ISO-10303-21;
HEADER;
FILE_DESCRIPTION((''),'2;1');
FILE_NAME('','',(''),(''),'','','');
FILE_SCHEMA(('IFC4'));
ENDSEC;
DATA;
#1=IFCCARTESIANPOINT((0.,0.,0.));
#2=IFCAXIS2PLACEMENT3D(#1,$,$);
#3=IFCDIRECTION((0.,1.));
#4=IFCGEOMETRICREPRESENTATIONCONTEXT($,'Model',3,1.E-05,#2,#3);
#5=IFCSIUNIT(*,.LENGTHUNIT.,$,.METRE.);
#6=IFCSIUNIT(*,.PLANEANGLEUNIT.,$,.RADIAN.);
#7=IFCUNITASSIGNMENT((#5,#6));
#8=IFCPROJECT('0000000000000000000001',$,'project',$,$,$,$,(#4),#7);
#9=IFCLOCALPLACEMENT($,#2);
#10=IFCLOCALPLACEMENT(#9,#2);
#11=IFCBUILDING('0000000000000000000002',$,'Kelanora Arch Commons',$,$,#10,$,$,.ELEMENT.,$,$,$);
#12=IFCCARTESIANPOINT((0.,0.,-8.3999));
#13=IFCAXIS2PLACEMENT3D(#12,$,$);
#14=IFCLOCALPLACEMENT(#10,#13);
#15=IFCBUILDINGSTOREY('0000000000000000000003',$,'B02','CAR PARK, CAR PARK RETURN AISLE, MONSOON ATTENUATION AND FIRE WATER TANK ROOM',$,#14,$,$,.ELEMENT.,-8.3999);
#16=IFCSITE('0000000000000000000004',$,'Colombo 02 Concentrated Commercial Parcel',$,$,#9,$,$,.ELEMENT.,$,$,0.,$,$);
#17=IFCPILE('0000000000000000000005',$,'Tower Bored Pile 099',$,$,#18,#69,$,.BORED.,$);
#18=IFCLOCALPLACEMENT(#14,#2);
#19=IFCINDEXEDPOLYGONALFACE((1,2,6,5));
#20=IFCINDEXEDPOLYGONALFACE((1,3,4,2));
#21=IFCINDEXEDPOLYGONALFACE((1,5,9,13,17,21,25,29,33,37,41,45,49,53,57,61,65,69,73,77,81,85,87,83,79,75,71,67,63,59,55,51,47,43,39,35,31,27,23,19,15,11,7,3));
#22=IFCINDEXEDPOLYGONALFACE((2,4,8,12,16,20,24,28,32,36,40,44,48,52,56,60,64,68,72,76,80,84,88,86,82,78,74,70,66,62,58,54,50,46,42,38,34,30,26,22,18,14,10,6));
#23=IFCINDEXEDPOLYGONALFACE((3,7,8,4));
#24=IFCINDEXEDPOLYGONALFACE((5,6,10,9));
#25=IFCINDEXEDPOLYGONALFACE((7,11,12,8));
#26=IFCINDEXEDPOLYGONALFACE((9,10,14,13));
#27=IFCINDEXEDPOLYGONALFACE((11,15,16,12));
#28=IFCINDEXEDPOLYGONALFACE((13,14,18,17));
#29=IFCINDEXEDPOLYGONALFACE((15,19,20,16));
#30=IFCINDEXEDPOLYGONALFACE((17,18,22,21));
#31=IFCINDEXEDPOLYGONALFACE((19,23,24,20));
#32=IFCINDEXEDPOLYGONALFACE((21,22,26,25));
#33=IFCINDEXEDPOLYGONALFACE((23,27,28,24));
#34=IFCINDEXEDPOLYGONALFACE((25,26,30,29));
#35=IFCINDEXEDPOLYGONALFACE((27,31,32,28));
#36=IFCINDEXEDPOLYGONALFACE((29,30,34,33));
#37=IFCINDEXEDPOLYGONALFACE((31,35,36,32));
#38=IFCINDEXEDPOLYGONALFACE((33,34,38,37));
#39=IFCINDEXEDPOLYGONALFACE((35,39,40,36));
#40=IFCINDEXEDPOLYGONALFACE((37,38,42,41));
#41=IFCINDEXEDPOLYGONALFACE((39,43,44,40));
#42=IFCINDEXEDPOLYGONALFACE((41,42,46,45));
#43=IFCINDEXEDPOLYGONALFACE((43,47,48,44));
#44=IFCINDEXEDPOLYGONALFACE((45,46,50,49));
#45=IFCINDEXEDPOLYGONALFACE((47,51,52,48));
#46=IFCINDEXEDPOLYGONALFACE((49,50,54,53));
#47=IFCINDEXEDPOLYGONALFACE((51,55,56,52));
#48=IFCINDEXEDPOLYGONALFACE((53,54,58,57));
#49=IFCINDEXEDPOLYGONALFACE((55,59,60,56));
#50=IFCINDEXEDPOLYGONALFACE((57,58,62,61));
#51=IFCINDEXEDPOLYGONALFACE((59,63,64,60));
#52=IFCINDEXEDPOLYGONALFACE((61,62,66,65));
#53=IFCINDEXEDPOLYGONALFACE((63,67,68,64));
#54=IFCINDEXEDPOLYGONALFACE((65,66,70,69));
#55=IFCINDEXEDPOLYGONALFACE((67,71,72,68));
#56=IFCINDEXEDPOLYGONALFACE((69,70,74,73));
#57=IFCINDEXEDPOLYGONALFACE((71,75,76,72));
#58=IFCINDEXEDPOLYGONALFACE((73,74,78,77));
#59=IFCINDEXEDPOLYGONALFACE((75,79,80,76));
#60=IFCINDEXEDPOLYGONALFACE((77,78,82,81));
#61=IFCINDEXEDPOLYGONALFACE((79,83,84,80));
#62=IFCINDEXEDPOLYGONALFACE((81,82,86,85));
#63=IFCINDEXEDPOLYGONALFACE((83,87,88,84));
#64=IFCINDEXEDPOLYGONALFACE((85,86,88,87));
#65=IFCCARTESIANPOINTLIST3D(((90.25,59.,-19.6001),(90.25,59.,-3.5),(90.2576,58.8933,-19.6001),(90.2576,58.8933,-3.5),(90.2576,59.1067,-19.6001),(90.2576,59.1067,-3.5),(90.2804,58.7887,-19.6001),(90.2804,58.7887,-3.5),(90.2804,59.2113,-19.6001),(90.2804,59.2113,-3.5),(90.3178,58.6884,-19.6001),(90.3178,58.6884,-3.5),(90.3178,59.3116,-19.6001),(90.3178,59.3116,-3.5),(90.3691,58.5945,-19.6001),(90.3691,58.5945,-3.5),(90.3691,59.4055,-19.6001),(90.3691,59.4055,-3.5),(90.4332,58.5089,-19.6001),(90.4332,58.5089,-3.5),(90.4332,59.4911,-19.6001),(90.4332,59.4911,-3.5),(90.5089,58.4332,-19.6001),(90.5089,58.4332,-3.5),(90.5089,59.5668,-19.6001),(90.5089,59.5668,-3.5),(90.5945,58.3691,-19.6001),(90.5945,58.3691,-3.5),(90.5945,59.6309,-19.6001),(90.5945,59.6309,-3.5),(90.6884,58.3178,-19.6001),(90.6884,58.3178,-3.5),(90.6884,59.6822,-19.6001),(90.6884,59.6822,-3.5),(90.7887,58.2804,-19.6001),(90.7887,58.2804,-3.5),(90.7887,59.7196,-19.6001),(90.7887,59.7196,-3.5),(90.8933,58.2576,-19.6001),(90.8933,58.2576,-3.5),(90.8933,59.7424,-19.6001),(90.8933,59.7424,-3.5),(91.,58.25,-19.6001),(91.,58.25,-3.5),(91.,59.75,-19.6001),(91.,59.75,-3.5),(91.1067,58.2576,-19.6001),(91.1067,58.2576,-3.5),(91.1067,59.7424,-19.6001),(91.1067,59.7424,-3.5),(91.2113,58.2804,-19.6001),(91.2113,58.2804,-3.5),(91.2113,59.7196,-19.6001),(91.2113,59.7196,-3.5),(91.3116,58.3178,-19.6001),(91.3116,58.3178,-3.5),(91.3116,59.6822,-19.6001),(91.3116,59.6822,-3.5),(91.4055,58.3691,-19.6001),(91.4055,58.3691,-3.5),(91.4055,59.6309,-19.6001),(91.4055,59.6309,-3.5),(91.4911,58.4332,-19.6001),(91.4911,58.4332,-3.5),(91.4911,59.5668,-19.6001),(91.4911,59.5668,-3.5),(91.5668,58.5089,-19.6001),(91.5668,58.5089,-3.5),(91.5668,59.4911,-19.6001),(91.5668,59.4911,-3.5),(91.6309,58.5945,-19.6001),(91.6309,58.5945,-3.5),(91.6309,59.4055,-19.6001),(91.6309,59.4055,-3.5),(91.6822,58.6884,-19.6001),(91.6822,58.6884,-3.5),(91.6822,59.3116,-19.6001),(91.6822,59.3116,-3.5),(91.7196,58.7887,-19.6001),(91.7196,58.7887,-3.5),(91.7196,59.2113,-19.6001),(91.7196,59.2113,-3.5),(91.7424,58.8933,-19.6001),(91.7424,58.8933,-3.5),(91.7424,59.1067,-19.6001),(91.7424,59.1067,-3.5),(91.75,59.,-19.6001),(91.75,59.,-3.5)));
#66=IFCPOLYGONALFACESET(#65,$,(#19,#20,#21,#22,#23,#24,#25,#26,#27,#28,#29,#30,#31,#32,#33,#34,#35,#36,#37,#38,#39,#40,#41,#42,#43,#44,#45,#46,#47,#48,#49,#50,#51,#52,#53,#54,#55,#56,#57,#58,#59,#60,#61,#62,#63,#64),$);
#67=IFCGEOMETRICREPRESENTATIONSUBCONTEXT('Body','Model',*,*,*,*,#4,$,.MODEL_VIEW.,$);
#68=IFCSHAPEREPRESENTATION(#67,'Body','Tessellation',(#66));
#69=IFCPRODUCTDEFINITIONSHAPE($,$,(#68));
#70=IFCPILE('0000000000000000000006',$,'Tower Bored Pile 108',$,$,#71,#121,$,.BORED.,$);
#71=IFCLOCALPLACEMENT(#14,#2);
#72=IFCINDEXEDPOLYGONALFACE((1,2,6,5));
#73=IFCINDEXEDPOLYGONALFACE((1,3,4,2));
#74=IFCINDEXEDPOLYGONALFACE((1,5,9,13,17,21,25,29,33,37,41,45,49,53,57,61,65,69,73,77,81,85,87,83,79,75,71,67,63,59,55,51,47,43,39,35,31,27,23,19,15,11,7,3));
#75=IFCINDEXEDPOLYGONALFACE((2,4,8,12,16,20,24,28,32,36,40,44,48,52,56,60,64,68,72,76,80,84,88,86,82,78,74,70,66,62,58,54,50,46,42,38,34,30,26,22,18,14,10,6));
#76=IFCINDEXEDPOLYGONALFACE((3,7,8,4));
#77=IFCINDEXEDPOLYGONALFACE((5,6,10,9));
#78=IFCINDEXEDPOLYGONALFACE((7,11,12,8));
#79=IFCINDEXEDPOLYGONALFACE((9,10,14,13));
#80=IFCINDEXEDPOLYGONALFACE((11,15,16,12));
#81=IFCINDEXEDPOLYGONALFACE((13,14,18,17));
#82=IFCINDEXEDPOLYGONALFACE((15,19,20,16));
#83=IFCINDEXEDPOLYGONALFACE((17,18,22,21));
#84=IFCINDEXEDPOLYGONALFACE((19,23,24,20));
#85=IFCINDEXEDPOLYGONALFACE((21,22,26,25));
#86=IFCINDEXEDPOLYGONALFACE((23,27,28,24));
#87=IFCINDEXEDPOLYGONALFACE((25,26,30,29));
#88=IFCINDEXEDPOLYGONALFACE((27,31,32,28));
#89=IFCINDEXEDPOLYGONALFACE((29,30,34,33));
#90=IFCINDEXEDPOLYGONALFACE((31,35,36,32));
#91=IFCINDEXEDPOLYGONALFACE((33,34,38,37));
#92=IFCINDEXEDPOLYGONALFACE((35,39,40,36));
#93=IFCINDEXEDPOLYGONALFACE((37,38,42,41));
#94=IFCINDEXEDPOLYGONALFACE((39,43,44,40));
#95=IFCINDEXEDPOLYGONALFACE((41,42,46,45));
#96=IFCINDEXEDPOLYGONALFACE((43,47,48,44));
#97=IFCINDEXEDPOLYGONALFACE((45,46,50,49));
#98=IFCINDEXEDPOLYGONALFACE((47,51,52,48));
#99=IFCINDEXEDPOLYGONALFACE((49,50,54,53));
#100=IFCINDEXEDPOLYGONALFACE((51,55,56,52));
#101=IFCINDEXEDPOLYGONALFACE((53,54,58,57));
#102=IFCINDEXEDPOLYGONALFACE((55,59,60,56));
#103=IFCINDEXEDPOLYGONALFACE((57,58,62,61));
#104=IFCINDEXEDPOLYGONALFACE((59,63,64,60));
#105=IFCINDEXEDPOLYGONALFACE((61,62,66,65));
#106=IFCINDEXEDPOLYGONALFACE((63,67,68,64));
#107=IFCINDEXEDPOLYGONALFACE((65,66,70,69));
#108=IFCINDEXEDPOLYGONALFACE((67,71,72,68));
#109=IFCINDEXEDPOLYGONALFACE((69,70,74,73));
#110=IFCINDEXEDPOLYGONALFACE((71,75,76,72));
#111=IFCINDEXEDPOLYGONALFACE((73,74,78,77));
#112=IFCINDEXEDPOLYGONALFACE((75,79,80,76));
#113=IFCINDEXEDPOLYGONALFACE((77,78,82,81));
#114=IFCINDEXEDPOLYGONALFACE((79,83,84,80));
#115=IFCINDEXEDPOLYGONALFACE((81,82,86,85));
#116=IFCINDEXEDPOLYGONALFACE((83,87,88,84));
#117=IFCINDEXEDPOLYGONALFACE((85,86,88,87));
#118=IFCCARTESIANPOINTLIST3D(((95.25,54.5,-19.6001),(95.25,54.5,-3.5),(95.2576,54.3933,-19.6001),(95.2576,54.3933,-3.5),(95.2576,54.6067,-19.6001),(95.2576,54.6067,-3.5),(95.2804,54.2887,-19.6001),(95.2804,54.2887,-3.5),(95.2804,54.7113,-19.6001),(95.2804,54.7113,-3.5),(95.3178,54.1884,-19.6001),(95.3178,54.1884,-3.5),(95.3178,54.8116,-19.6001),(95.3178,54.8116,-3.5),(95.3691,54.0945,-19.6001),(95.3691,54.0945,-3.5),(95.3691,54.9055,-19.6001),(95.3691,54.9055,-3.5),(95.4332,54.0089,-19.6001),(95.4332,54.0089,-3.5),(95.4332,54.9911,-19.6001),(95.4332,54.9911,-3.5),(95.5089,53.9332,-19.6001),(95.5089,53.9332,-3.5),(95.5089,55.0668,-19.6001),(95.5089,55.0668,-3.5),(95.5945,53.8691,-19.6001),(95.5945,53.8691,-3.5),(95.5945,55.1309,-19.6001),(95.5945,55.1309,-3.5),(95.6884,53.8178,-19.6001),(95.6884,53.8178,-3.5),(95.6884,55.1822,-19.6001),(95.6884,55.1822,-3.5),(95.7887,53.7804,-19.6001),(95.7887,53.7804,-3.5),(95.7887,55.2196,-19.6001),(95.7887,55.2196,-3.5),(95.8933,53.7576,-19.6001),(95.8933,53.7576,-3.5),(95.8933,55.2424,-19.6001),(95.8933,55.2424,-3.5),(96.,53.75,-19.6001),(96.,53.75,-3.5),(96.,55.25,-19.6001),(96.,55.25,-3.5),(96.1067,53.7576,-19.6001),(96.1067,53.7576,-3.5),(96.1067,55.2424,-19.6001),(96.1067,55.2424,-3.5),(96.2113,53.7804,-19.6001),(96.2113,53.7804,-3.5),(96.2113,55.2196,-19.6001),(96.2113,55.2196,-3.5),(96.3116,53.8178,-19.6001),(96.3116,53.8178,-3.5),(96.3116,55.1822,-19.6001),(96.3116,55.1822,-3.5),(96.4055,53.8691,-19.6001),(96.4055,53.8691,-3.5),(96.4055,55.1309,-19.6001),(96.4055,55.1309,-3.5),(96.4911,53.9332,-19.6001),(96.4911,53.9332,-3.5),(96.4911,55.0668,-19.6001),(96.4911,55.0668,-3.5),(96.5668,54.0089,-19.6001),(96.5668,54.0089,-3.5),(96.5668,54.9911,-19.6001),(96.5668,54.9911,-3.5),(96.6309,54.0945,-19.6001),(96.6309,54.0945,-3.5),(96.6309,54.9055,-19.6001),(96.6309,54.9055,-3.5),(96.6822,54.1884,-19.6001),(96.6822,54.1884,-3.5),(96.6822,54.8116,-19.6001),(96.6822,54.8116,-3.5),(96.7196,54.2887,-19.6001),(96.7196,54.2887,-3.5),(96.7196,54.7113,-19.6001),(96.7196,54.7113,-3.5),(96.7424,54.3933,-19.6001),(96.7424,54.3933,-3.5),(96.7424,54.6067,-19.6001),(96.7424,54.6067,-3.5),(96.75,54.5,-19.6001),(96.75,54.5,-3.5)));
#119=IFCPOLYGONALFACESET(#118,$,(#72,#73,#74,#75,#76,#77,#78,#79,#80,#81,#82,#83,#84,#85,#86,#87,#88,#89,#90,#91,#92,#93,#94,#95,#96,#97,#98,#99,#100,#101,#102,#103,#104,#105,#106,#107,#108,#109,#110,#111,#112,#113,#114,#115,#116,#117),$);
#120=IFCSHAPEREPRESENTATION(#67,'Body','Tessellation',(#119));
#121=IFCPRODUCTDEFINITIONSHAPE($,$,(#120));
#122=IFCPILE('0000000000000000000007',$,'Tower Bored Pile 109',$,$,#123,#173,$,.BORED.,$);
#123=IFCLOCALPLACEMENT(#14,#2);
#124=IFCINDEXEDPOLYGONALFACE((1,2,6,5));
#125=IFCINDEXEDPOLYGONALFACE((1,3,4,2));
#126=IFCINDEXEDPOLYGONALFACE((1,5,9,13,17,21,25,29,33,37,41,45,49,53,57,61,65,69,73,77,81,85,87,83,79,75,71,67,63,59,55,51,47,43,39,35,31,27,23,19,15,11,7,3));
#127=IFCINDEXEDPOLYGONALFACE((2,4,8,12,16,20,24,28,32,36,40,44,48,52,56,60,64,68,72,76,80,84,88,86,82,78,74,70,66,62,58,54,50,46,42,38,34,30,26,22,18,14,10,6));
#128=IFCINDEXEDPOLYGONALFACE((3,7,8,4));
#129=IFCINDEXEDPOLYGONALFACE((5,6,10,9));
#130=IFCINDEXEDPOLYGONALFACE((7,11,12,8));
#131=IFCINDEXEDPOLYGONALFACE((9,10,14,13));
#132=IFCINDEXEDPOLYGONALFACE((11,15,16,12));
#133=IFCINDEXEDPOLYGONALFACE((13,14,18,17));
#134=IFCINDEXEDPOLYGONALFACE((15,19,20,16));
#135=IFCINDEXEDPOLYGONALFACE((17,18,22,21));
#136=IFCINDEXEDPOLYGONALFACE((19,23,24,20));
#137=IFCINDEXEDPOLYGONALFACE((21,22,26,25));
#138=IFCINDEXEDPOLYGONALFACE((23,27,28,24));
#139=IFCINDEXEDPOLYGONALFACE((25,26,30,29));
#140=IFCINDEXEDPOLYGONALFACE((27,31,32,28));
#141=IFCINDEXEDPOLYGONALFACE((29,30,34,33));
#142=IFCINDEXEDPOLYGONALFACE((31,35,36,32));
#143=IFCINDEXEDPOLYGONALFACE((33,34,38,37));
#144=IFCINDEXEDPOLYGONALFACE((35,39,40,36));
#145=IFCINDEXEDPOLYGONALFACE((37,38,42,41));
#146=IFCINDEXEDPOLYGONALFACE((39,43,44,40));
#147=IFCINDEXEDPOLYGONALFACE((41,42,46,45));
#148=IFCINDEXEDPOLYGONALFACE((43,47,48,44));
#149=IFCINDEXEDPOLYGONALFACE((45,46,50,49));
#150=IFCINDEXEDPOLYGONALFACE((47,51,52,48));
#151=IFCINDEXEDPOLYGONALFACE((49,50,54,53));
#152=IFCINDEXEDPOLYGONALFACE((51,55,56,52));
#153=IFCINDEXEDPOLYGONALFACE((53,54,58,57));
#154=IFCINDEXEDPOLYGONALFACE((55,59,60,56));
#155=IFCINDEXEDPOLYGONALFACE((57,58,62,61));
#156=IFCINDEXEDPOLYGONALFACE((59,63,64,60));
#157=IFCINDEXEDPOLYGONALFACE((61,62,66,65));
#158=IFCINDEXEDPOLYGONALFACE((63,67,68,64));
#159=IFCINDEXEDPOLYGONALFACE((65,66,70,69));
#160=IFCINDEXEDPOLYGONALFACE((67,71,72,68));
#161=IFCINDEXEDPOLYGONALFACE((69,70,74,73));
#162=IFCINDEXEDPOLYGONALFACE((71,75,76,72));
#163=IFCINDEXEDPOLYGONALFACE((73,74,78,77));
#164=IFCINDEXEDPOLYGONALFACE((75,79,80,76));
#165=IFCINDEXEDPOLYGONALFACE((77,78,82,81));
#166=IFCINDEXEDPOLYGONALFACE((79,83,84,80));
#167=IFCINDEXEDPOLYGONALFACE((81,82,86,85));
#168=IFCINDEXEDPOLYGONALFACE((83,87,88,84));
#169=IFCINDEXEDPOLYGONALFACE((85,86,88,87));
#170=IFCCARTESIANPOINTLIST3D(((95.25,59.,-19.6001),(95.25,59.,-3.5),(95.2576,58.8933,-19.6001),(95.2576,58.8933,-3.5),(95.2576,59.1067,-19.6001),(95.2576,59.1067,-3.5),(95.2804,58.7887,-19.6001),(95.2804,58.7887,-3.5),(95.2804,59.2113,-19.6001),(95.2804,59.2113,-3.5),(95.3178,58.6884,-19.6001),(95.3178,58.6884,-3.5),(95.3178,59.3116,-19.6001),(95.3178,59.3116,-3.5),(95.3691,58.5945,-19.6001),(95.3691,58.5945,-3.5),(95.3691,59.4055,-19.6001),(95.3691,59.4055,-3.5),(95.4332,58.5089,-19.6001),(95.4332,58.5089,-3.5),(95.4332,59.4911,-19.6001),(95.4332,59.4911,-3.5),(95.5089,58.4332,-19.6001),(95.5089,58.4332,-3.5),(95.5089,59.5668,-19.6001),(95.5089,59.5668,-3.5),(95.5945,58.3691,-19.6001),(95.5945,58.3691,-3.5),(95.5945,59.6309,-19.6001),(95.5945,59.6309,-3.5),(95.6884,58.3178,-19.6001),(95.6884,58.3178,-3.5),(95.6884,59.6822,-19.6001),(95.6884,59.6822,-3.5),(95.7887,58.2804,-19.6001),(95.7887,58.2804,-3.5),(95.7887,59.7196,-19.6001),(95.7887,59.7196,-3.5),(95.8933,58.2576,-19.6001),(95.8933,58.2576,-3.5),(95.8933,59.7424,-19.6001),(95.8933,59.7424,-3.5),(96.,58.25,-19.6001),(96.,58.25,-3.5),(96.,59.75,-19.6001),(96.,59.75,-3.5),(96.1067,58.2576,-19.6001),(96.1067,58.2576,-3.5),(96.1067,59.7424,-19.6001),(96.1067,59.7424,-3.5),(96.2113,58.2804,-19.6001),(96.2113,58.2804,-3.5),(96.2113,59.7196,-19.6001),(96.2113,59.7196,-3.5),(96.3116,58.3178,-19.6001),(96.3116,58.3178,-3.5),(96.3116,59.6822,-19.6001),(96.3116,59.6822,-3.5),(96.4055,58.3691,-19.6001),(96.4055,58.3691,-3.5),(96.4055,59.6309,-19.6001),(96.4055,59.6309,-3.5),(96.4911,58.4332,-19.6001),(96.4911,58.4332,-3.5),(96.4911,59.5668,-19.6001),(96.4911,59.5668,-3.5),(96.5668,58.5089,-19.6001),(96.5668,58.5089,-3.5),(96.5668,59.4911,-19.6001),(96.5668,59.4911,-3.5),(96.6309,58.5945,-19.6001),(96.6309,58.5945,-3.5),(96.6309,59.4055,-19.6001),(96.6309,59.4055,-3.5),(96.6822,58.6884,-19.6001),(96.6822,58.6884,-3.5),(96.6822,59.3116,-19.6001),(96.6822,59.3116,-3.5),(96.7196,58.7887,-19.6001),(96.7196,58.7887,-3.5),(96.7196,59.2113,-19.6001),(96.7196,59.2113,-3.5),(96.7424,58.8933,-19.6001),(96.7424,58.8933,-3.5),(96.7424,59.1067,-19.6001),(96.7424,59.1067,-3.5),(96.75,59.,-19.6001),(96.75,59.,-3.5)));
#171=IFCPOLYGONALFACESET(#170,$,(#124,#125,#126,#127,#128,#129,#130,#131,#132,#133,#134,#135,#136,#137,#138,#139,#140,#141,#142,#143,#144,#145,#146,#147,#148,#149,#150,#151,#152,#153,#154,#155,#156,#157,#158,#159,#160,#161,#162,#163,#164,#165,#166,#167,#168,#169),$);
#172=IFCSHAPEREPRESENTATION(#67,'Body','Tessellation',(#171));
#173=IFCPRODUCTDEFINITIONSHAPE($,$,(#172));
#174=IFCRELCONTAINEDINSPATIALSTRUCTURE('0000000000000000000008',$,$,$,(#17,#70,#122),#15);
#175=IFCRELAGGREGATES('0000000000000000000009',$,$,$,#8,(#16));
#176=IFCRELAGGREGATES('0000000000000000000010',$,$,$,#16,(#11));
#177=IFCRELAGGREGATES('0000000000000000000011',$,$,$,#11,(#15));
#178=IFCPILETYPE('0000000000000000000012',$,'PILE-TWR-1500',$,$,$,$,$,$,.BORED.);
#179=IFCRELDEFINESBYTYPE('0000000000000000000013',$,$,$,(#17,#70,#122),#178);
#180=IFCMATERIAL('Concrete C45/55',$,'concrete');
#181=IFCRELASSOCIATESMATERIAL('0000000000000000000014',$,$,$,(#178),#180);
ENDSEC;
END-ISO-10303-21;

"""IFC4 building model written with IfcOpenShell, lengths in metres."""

from ifc_helpers import new_model, si_unit, direction, frame, origin, origin_2d, place, context, subcontext, project, spatial, circle, extrude, source, transform, mapped, material, material_profile, profile_set, type_object, element, save


model = new_model("IFC4")

# Units and contexts
model_context = context("Model", 3, precision=1e-05, world=origin(), true_north=direction((0.0, 1.0)))
body_context = subcontext(model_context, "Body", "Model", "MODEL_VIEW")
ifc_project = project(units=[si_unit("LENGTHUNIT", "METRE"), si_unit("PLANEANGLEUNIT", "RADIAN")], contexts=[model_context])

# Site, building, storey
site_placement = place(None, origin())
site = spatial("IfcSite", under=ifc_project, at=site_placement, Name="Colombo 02 Concentrated Commercial Parcel", CompositionType="ELEMENT", RefElevation=0.0)
building_placement = place(site_placement, origin())
building = spatial("IfcBuilding", under=site, at=building_placement, Name="Kelanora Arch Commons", CompositionType="ELEMENT")
storey_placement = place(building_placement, frame((0.0, 0.0, -8.3999)))
storey = spatial("IfcBuildingStorey", under=building, at=storey_placement, Name="B02", Description="CAR PARK, CAR PARK RETURN AISLE, MONSOON ATTENUATION AND FIRE WATER TANK ROOM", CompositionType="ELEMENT", Elevation=-8.3999)

# Piles
ifc_material_1 = material(Name="Concrete C45/55", Category="concrete")
ifc_material_profile_1 = material_profile(ifc_material_1, circle(Radius=0.75, at=origin_2d()), Name="PILE1500")
ifc_profile_set_1 = profile_set([ifc_material_profile_1], Name="Concrete C45/55")
pile_type_1 = type_object("IfcPileType", Name="PILE-TWR-1500", PredefinedType="BORED", material=ifc_profile_set_1)
shared_shape_1 = source(origin(), body_context, "Body", "SweptSolid", [
    extrude(circle(Radius=0.75, at=origin_2d()), origin(), (0.0, 0.0, 1.0), 16.1001),
])
for number, where, z_axis, x_axis, name in (
    (1, (91.0, 59.0, -3.5), (0.0, 0.0, -1.0), (1.0, 0.0, 0.0), "Tower Bored Pile 099"),
    (2, (96.0, 54.5, -3.5), (0.0, 0.0, -1.0), (1.0, 0.0, 0.0), "Tower Bored Pile 108"),
    (3, (96.0, 59.0, -3.5), (0.0, 0.0, -1.0), (1.0, 0.0, 0.0), "Tower Bored Pile 109"),
):
    element("IfcPile", number, at=place(storey_placement, frame(where, z_axis=z_axis, x_axis=x_axis)), inside=storey, type_object=pile_type_1, Name=name, PredefinedType="BORED", context=body_context, shape_type="MappedRepresentation", body=[
        mapped(shared_shape_1, transform((0.0, 0.0, 0.0), scale=1.0)),
    ])

save(model, "model.ifc")
